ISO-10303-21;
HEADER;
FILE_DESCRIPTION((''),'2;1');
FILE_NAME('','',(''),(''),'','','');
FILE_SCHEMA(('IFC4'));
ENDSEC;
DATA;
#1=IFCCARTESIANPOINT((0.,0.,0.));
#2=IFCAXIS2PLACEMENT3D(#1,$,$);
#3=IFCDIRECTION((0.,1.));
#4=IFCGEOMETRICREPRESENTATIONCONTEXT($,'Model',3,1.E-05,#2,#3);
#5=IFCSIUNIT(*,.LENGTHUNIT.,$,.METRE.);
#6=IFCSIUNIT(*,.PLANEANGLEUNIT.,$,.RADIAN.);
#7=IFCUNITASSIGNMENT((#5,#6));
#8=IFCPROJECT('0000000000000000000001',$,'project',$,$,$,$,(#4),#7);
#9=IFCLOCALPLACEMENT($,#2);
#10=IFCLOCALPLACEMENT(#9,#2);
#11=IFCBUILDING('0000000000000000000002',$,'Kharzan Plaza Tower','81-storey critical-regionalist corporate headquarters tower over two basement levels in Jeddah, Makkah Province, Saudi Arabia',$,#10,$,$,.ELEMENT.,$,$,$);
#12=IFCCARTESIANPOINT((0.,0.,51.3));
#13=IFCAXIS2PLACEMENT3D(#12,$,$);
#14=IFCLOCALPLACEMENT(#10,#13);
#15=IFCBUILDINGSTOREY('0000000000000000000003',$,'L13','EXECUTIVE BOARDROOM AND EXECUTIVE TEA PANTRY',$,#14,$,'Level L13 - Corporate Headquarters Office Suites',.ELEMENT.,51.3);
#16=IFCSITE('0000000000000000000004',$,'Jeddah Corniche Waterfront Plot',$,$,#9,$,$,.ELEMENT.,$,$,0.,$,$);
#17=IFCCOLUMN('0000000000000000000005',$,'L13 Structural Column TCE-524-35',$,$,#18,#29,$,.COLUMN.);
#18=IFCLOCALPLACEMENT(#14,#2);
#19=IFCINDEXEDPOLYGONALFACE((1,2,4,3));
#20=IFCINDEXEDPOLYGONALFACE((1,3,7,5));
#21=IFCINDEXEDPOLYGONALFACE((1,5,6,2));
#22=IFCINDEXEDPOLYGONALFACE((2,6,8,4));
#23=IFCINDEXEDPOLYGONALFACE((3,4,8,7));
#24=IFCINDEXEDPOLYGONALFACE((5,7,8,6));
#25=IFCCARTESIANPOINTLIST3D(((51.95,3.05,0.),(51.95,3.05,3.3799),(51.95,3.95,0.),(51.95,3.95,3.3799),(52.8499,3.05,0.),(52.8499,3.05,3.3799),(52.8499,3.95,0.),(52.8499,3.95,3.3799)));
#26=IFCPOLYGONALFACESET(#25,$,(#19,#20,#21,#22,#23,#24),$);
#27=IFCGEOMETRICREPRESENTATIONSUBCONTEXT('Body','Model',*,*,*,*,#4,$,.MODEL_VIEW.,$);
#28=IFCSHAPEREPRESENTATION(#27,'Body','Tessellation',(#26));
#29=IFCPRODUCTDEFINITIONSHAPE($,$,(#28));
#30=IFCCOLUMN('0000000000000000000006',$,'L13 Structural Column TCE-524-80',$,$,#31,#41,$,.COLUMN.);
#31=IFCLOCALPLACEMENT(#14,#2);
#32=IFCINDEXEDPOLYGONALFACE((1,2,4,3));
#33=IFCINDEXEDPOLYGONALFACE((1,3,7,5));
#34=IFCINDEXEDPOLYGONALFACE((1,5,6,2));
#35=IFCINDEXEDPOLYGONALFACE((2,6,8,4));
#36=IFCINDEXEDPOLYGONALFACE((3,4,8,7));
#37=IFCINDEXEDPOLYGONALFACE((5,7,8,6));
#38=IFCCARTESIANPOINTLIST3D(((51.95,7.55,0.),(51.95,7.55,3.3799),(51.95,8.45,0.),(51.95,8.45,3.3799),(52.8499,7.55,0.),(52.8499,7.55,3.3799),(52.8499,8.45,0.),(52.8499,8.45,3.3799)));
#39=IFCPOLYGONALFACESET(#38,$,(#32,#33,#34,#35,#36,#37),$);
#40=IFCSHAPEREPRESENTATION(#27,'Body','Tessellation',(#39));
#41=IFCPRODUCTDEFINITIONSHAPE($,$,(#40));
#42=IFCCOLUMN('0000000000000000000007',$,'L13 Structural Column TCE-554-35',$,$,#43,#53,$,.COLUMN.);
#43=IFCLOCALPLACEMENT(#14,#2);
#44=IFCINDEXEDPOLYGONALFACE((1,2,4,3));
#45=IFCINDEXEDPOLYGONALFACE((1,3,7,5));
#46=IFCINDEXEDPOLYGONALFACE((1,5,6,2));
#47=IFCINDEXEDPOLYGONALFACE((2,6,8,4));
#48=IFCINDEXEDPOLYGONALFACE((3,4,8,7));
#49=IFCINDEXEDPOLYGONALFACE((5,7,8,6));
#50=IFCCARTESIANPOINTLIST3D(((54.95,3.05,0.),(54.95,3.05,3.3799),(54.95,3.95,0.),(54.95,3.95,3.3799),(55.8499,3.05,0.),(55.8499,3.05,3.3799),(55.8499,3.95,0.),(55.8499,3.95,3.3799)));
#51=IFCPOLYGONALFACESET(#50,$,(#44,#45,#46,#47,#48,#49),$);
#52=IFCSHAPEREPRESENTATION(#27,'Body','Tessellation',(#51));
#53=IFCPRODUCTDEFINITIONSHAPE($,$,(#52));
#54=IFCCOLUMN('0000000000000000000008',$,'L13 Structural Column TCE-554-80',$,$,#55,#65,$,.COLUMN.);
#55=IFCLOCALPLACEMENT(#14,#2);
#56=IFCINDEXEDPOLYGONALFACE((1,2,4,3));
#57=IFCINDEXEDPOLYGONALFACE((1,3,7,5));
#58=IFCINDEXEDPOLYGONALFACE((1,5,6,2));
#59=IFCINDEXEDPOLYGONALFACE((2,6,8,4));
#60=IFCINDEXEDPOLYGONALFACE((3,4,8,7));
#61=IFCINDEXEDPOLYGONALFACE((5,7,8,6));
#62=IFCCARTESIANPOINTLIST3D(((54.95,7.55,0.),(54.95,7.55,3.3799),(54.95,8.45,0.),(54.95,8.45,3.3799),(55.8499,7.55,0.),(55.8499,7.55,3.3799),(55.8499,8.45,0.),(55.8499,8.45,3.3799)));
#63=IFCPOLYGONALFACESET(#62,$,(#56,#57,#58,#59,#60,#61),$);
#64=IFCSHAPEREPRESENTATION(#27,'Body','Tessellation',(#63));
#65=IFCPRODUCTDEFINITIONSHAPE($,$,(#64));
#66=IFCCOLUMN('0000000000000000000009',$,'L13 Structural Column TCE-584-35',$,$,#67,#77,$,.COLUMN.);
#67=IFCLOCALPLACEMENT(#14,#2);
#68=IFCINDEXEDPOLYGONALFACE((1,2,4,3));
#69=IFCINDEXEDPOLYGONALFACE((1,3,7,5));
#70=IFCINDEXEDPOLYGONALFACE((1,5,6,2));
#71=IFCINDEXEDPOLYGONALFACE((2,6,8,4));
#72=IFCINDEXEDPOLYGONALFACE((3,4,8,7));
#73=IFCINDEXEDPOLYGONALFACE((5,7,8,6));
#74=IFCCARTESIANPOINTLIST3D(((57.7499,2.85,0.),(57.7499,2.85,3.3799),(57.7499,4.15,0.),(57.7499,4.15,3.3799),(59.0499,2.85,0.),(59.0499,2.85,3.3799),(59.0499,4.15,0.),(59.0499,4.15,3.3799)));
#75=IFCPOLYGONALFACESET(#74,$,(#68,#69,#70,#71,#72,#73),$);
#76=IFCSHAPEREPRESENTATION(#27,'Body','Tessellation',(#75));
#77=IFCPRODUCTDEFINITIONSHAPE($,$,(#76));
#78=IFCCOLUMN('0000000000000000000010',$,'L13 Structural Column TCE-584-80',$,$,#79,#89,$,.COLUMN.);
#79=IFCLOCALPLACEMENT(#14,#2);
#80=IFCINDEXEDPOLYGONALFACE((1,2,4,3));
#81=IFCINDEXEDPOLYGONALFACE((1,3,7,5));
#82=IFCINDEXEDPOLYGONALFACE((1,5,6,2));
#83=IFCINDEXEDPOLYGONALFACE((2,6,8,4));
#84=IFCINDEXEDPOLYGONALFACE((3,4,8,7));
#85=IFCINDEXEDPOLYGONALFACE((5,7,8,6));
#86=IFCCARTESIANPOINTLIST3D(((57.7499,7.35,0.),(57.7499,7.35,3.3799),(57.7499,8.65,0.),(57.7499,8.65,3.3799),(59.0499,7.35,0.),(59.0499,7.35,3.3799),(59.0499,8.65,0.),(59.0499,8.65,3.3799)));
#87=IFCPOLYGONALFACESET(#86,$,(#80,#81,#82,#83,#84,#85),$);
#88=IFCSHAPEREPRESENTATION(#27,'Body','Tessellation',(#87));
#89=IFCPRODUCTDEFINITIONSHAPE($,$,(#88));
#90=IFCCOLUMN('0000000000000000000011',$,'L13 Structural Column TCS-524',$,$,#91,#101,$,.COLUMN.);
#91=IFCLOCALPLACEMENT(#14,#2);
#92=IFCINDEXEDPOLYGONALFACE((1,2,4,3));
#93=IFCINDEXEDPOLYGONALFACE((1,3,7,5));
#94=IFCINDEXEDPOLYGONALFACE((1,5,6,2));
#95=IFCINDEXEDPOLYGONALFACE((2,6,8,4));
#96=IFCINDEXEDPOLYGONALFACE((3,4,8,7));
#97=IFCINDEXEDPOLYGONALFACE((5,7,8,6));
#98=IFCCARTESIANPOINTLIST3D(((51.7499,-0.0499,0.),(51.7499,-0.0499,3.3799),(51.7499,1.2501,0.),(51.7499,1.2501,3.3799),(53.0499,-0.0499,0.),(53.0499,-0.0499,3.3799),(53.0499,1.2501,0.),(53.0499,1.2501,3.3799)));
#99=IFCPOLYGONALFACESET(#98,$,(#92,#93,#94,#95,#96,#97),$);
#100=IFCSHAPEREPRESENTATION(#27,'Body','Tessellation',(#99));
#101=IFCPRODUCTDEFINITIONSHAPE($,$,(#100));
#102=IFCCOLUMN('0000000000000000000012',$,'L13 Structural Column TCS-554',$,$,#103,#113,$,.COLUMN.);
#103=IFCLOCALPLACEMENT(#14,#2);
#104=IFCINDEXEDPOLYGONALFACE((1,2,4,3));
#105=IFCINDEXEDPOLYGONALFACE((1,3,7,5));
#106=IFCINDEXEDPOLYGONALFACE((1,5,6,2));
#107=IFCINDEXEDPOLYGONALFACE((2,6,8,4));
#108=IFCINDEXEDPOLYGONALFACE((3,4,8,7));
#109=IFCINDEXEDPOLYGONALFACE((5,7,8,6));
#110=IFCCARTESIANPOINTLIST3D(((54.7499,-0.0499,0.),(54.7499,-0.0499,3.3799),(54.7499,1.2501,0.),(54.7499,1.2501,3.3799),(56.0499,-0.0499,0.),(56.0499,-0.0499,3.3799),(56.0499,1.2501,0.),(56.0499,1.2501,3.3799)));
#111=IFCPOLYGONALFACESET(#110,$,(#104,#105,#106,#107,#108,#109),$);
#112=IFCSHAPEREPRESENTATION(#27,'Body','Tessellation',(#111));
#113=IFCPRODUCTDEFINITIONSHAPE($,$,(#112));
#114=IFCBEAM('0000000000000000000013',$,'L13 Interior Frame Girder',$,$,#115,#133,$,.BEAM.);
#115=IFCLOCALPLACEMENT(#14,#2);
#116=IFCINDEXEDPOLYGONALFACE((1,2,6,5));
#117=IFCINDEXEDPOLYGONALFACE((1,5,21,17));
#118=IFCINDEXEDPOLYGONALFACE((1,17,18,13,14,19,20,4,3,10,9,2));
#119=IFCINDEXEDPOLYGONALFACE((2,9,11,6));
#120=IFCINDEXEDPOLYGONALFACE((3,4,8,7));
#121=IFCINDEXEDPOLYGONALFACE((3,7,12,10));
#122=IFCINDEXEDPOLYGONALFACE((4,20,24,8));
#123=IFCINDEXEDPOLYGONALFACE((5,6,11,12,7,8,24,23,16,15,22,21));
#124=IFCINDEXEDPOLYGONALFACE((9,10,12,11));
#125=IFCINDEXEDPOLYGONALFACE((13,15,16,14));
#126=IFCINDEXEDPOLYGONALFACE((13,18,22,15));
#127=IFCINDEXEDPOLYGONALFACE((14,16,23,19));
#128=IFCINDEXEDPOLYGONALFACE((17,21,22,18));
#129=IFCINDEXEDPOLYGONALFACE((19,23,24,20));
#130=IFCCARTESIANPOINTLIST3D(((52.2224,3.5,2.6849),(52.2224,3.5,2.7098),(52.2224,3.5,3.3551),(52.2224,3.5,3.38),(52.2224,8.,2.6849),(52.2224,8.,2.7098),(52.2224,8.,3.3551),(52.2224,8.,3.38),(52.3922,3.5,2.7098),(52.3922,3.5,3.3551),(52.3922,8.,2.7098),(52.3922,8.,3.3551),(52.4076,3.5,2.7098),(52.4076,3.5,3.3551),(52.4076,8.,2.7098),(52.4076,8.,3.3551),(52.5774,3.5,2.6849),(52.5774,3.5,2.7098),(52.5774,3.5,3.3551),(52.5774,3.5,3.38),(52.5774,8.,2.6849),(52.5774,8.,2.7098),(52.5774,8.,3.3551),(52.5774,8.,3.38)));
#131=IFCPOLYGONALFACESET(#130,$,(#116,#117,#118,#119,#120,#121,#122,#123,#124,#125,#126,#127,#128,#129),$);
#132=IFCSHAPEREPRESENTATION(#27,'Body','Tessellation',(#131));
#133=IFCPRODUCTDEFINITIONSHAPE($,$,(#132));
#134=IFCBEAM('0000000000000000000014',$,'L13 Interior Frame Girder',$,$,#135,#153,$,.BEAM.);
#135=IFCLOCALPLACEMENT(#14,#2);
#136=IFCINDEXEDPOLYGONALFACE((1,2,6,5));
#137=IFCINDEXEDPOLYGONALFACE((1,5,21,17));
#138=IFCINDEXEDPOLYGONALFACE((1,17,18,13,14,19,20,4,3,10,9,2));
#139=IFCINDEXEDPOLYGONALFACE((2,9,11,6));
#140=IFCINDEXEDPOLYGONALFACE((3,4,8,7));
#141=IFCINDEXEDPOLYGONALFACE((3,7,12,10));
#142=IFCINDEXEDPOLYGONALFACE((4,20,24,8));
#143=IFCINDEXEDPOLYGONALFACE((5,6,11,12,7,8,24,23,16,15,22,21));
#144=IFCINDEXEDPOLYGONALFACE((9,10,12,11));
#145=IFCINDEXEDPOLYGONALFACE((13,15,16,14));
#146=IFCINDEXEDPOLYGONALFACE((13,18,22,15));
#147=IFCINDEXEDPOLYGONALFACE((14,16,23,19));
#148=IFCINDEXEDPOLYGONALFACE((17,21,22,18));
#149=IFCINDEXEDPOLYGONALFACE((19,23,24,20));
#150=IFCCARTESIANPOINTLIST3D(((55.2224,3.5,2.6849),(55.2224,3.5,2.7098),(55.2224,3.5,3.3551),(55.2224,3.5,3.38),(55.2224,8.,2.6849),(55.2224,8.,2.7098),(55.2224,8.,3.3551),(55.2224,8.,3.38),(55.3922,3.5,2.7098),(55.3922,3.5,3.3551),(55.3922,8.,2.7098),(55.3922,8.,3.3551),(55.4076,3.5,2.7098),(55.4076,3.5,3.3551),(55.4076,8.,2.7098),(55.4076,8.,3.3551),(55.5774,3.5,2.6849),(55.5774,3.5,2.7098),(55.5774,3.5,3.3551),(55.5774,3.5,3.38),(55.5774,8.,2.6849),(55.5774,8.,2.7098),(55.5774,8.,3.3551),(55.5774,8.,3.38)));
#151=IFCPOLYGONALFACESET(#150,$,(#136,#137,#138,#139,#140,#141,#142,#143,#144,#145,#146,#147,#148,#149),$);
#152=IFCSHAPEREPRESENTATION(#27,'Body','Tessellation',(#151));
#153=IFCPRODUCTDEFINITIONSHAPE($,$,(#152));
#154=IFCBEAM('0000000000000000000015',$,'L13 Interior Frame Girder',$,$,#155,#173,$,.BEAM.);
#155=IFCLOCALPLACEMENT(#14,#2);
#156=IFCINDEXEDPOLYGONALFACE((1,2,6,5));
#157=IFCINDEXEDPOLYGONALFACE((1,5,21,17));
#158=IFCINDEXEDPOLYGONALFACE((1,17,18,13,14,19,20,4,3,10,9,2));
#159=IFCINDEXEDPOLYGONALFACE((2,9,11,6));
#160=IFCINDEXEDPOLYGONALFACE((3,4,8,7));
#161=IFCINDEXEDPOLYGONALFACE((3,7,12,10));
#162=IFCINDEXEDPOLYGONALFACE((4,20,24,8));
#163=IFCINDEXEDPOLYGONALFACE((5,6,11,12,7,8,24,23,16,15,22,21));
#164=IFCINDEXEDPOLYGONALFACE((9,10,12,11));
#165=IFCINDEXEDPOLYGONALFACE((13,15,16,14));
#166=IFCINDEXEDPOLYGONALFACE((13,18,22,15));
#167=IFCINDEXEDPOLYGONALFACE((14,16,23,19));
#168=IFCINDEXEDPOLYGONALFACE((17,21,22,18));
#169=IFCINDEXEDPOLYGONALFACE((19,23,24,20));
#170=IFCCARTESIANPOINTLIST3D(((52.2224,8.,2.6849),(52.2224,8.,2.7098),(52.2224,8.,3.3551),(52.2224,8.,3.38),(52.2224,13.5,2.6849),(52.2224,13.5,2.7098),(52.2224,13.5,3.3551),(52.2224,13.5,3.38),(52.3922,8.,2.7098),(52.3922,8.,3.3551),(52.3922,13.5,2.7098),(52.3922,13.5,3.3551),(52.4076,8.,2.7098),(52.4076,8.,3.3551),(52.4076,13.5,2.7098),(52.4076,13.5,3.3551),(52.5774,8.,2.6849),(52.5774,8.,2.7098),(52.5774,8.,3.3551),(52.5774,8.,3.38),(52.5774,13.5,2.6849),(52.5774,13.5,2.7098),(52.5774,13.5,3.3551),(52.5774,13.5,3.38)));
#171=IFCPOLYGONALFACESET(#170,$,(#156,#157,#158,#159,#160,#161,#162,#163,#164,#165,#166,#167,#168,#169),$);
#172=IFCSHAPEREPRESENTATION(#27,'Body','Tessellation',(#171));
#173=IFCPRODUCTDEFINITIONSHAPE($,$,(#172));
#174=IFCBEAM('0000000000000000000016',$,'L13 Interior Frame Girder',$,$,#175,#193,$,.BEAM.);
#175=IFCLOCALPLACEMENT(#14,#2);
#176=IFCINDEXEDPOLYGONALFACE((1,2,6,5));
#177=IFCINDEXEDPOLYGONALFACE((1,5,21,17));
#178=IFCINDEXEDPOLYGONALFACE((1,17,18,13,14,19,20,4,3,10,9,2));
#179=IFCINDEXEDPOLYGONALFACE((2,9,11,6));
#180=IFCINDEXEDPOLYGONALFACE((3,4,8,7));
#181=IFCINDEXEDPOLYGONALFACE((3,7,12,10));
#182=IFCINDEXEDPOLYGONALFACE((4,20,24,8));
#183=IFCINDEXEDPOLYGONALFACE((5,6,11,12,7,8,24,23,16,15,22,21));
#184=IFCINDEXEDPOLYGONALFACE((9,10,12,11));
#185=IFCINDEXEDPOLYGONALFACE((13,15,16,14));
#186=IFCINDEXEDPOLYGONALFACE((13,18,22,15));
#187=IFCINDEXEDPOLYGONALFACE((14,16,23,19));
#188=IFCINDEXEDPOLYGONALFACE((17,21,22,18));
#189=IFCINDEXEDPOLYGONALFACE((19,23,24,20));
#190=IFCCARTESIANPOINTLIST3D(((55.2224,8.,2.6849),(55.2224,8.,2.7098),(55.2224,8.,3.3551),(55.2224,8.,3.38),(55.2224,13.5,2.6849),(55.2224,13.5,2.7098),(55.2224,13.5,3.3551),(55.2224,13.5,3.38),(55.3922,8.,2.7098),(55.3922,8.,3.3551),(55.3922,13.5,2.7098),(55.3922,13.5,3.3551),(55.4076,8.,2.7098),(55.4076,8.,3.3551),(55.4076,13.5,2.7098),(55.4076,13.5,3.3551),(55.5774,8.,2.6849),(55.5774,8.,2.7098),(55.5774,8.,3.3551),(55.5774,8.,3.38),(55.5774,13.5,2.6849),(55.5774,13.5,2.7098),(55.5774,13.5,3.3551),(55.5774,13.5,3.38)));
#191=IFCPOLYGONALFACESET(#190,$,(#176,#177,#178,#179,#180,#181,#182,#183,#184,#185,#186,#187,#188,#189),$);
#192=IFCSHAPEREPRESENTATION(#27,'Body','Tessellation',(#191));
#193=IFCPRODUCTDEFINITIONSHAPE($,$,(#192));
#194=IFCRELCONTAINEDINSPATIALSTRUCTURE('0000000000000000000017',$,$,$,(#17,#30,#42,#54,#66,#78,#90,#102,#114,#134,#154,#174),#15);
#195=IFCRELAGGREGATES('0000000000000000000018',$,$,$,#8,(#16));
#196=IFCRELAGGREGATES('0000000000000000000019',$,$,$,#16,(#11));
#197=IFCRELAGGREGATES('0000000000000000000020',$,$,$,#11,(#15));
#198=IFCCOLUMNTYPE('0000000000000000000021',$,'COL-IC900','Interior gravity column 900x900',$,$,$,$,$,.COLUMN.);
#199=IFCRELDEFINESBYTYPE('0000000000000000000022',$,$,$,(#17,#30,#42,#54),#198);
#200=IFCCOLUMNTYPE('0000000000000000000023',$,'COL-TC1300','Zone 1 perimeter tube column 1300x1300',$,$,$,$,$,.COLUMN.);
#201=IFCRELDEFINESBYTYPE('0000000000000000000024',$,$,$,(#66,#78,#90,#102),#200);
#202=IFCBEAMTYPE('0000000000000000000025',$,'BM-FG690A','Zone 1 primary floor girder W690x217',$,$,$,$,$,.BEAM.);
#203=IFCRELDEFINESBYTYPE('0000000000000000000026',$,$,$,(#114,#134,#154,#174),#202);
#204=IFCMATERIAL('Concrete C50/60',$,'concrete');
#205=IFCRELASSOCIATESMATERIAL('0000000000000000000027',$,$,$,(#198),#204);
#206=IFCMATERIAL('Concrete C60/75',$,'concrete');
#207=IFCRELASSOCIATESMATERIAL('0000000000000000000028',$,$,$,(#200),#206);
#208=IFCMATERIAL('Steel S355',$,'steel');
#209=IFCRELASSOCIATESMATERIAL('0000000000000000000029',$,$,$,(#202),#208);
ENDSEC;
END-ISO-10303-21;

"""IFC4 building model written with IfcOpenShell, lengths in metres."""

from ifc_helpers import new_model, si_unit, direction, frame, origin, origin_2d, place, context, subcontext, project, spatial, rectangle, i_section, extrude, source, transform, mapped, material, material_profile, profile_set, type_object, element, save


model = new_model("IFC4")

# Units and contexts
model_context = context("Model", 3, precision=1e-05, world=origin(), true_north=direction((0.0, 1.0)))
body_context = subcontext(model_context, "Body", "Model", "MODEL_VIEW")
ifc_project = project(units=[si_unit("LENGTHUNIT", "METRE"), si_unit("PLANEANGLEUNIT", "RADIAN")], contexts=[model_context])

# Site, building, storey
site_placement = place(None, origin())
site = spatial("IfcSite", under=ifc_project, at=site_placement, Name="Jeddah Corniche Waterfront Plot", CompositionType="ELEMENT", RefElevation=0.0)
building_placement = place(site_placement, origin())
building = spatial("IfcBuilding", under=site, at=building_placement, Name="Kharzan Plaza Tower", Description="81-storey critical-regionalist corporate headquarters tower over two basement levels in Jeddah, Makkah Province, Saudi Arabia", CompositionType="ELEMENT")
storey_placement = place(building_placement, frame((0.0, 0.0, 51.3)))
storey = spatial("IfcBuildingStorey", under=building, at=storey_placement, Name="L13", Description="EXECUTIVE BOARDROOM AND EXECUTIVE TEA PANTRY", LongName="Level L13 - Corporate Headquarters Office Suites", CompositionType="ELEMENT", Elevation=51.3)

# Columns
ifc_material_1 = material(Name="Concrete C50/60", Category="concrete")
ifc_material_profile_1 = material_profile(ifc_material_1, rectangle(XDim=0.8999, YDim=0.8999, at=origin_2d()), Name="RC-IC900x900")
ifc_profile_set_1 = profile_set([ifc_material_profile_1], Name="Concrete C50/60")
column_type_1 = type_object("IfcColumnType", Name="COL-IC900", Description="Interior gravity column 900x900", PredefinedType="COLUMN", material=ifc_profile_set_1)
shared_shape_1 = source(origin(), body_context, "Body", "SweptSolid", [
    extrude(rectangle(XDim=0.8999, YDim=0.8999, at=origin_2d()), origin(), (0.0, 0.0, 1.0), 3.3799),
])
for number, where, z_axis, x_axis, name in (
    (1, (52.3999, 3.5, 0.0), (0.0, 0.0, 1.0), (1.0, 0.0, 0.0), "L13 Structural Column TCE-524-35"),
    (2, (52.3999, 8.0, 0.0), (0.0, 0.0, 1.0), (1.0, 0.0, 0.0), "L13 Structural Column TCE-524-80"),
    (3, (55.3999, 3.5, 0.0), (0.0, 0.0, 1.0), (1.0, 0.0, 0.0), "L13 Structural Column TCE-554-35"),
    (4, (55.3999, 8.0, 0.0), (0.0, 0.0, 1.0), (1.0, 0.0, 0.0), "L13 Structural Column TCE-554-80"),
):
    element("IfcColumn", number, at=place(storey_placement, frame(where, z_axis=z_axis, x_axis=x_axis)), inside=storey, type_object=column_type_1, Name=name, PredefinedType="COLUMN", context=body_context, shape_type="MappedRepresentation", body=[
        mapped(shared_shape_1, transform((0.0, 0.0, 0.0), x_axis=(1.0, 0.0, 0.0), y_axis=(0.0, 1.0, 0.0), z_axis=(0.0, 0.0, 1.0))),
    ])
ifc_material_2 = material(Name="Concrete C60/75", Category="concrete")
ifc_material_profile_2 = material_profile(ifc_material_2, rectangle(XDim=1.3, YDim=1.3, at=origin_2d()), Name="RC-TC1300x1300")
ifc_profile_set_2 = profile_set([ifc_material_profile_2], Name="Concrete C60/75")
column_type_2 = type_object("IfcColumnType", Name="COL-TC1300", Description="Zone 1 perimeter tube column 1300x1300", PredefinedType="COLUMN", material=ifc_profile_set_2)
shared_shape_2 = source(origin(), body_context, "Body", "SweptSolid", [
    extrude(rectangle(XDim=1.3, YDim=1.3, at=origin_2d()), origin(), (0.0, 0.0, 1.0), 3.3799),
])
for number, where, z_axis, x_axis, name in (
    (5, (58.3999, 3.5, 0.0), (0.0, 0.0, 1.0), (1.0, 0.0, 0.0), "L13 Structural Column TCE-584-35"),
    (6, (58.3999, 8.0, 0.0), (0.0, 0.0, 1.0), (1.0, 0.0, 0.0), "L13 Structural Column TCE-584-80"),
    (7, (52.3999, 0.6001, 0.0), (0.0, 0.0, 1.0), (1.0, 0.0, 0.0), "L13 Structural Column TCS-524"),
    (8, (55.3999, 0.6001, 0.0), (0.0, 0.0, 1.0), (1.0, 0.0, 0.0), "L13 Structural Column TCS-554"),
):
    element("IfcColumn", number, at=place(storey_placement, frame(where, z_axis=z_axis, x_axis=x_axis)), inside=storey, type_object=column_type_2, Name=name, PredefinedType="COLUMN", context=body_context, shape_type="MappedRepresentation", body=[
        mapped(shared_shape_2, transform((0.0, 0.0, 0.0), x_axis=(1.0, 0.0, 0.0), y_axis=(0.0, 1.0, 0.0), z_axis=(0.0, 0.0, 1.0))),
    ])

# Beams
ifc_material_3 = material(Name="Steel S355", Category="steel")
ifc_material_profile_3 = material_profile(ifc_material_3, i_section(OverallWidth=0.355, OverallDepth=0.6951, WebThickness=0.0154, FlangeThickness=0.0249, at=origin_2d()), Name="W690x217")
ifc_profile_set_3 = profile_set([ifc_material_profile_3], Name="Steel S355")
beam_type_1 = type_object("IfcBeamType", Name="BM-FG690A", Description="Zone 1 primary floor girder W690x217", PredefinedType="BEAM", material=ifc_profile_set_3)
shared_shape_3 = source(origin(), body_context, "Body", "SweptSolid", [
    extrude(i_section(OverallWidth=0.355, OverallDepth=0.6951, WebThickness=0.0154, FlangeThickness=0.0249, at=origin_2d()), origin(), (0.0, 0.0, 1.0), 4.5),
])
for number, where, z_axis, x_axis, name in (
    (9, (52.3999, 3.5, 3.0325), (0.0, 1.0, 0.0), (-1.0, 0.0, 0.0), "L13 Interior Frame Girder"),
    (10, (55.3999, 3.5, 3.0325), (0.0, 1.0, 0.0), (-1.0, 0.0, 0.0), "L13 Interior Frame Girder"),
):
    element("IfcBeam", number, at=place(storey_placement, frame(where, z_axis=z_axis, x_axis=x_axis)), inside=storey, type_object=beam_type_1, Name=name, PredefinedType="BEAM", context=body_context, shape_type="MappedRepresentation", body=[
        mapped(shared_shape_3, transform((0.0, 0.0, 0.0), x_axis=(1.0, 0.0, 0.0), y_axis=(0.0, 1.0, 0.0), z_axis=(0.0, 0.0, 1.0))),
    ])
shared_shape_4 = source(origin(), body_context, "Body", "SweptSolid", [
    extrude(i_section(OverallWidth=0.355, OverallDepth=0.6951, WebThickness=0.0154, FlangeThickness=0.0249, at=origin_2d()), origin(), (0.0, 0.0, 1.0), 5.5),
])
for number, where, z_axis, x_axis, name in (
    (11, (52.3999, 8.0, 3.0325), (0.0, 1.0, 0.0), (-1.0, 0.0, 0.0), "L13 Interior Frame Girder"),
    (12, (55.3999, 8.0, 3.0325), (0.0, 1.0, 0.0), (-1.0, 0.0, 0.0), "L13 Interior Frame Girder"),
):
    element("IfcBeam", number, at=place(storey_placement, frame(where, z_axis=z_axis, x_axis=x_axis)), inside=storey, type_object=beam_type_1, Name=name, PredefinedType="BEAM", context=body_context, shape_type="MappedRepresentation", body=[
        mapped(shared_shape_4, transform((0.0, 0.0, 0.0), x_axis=(1.0, 0.0, 0.0), y_axis=(0.0, 1.0, 0.0), z_axis=(0.0, 0.0, 1.0))),
    ])

save(model, "model.ifc")
